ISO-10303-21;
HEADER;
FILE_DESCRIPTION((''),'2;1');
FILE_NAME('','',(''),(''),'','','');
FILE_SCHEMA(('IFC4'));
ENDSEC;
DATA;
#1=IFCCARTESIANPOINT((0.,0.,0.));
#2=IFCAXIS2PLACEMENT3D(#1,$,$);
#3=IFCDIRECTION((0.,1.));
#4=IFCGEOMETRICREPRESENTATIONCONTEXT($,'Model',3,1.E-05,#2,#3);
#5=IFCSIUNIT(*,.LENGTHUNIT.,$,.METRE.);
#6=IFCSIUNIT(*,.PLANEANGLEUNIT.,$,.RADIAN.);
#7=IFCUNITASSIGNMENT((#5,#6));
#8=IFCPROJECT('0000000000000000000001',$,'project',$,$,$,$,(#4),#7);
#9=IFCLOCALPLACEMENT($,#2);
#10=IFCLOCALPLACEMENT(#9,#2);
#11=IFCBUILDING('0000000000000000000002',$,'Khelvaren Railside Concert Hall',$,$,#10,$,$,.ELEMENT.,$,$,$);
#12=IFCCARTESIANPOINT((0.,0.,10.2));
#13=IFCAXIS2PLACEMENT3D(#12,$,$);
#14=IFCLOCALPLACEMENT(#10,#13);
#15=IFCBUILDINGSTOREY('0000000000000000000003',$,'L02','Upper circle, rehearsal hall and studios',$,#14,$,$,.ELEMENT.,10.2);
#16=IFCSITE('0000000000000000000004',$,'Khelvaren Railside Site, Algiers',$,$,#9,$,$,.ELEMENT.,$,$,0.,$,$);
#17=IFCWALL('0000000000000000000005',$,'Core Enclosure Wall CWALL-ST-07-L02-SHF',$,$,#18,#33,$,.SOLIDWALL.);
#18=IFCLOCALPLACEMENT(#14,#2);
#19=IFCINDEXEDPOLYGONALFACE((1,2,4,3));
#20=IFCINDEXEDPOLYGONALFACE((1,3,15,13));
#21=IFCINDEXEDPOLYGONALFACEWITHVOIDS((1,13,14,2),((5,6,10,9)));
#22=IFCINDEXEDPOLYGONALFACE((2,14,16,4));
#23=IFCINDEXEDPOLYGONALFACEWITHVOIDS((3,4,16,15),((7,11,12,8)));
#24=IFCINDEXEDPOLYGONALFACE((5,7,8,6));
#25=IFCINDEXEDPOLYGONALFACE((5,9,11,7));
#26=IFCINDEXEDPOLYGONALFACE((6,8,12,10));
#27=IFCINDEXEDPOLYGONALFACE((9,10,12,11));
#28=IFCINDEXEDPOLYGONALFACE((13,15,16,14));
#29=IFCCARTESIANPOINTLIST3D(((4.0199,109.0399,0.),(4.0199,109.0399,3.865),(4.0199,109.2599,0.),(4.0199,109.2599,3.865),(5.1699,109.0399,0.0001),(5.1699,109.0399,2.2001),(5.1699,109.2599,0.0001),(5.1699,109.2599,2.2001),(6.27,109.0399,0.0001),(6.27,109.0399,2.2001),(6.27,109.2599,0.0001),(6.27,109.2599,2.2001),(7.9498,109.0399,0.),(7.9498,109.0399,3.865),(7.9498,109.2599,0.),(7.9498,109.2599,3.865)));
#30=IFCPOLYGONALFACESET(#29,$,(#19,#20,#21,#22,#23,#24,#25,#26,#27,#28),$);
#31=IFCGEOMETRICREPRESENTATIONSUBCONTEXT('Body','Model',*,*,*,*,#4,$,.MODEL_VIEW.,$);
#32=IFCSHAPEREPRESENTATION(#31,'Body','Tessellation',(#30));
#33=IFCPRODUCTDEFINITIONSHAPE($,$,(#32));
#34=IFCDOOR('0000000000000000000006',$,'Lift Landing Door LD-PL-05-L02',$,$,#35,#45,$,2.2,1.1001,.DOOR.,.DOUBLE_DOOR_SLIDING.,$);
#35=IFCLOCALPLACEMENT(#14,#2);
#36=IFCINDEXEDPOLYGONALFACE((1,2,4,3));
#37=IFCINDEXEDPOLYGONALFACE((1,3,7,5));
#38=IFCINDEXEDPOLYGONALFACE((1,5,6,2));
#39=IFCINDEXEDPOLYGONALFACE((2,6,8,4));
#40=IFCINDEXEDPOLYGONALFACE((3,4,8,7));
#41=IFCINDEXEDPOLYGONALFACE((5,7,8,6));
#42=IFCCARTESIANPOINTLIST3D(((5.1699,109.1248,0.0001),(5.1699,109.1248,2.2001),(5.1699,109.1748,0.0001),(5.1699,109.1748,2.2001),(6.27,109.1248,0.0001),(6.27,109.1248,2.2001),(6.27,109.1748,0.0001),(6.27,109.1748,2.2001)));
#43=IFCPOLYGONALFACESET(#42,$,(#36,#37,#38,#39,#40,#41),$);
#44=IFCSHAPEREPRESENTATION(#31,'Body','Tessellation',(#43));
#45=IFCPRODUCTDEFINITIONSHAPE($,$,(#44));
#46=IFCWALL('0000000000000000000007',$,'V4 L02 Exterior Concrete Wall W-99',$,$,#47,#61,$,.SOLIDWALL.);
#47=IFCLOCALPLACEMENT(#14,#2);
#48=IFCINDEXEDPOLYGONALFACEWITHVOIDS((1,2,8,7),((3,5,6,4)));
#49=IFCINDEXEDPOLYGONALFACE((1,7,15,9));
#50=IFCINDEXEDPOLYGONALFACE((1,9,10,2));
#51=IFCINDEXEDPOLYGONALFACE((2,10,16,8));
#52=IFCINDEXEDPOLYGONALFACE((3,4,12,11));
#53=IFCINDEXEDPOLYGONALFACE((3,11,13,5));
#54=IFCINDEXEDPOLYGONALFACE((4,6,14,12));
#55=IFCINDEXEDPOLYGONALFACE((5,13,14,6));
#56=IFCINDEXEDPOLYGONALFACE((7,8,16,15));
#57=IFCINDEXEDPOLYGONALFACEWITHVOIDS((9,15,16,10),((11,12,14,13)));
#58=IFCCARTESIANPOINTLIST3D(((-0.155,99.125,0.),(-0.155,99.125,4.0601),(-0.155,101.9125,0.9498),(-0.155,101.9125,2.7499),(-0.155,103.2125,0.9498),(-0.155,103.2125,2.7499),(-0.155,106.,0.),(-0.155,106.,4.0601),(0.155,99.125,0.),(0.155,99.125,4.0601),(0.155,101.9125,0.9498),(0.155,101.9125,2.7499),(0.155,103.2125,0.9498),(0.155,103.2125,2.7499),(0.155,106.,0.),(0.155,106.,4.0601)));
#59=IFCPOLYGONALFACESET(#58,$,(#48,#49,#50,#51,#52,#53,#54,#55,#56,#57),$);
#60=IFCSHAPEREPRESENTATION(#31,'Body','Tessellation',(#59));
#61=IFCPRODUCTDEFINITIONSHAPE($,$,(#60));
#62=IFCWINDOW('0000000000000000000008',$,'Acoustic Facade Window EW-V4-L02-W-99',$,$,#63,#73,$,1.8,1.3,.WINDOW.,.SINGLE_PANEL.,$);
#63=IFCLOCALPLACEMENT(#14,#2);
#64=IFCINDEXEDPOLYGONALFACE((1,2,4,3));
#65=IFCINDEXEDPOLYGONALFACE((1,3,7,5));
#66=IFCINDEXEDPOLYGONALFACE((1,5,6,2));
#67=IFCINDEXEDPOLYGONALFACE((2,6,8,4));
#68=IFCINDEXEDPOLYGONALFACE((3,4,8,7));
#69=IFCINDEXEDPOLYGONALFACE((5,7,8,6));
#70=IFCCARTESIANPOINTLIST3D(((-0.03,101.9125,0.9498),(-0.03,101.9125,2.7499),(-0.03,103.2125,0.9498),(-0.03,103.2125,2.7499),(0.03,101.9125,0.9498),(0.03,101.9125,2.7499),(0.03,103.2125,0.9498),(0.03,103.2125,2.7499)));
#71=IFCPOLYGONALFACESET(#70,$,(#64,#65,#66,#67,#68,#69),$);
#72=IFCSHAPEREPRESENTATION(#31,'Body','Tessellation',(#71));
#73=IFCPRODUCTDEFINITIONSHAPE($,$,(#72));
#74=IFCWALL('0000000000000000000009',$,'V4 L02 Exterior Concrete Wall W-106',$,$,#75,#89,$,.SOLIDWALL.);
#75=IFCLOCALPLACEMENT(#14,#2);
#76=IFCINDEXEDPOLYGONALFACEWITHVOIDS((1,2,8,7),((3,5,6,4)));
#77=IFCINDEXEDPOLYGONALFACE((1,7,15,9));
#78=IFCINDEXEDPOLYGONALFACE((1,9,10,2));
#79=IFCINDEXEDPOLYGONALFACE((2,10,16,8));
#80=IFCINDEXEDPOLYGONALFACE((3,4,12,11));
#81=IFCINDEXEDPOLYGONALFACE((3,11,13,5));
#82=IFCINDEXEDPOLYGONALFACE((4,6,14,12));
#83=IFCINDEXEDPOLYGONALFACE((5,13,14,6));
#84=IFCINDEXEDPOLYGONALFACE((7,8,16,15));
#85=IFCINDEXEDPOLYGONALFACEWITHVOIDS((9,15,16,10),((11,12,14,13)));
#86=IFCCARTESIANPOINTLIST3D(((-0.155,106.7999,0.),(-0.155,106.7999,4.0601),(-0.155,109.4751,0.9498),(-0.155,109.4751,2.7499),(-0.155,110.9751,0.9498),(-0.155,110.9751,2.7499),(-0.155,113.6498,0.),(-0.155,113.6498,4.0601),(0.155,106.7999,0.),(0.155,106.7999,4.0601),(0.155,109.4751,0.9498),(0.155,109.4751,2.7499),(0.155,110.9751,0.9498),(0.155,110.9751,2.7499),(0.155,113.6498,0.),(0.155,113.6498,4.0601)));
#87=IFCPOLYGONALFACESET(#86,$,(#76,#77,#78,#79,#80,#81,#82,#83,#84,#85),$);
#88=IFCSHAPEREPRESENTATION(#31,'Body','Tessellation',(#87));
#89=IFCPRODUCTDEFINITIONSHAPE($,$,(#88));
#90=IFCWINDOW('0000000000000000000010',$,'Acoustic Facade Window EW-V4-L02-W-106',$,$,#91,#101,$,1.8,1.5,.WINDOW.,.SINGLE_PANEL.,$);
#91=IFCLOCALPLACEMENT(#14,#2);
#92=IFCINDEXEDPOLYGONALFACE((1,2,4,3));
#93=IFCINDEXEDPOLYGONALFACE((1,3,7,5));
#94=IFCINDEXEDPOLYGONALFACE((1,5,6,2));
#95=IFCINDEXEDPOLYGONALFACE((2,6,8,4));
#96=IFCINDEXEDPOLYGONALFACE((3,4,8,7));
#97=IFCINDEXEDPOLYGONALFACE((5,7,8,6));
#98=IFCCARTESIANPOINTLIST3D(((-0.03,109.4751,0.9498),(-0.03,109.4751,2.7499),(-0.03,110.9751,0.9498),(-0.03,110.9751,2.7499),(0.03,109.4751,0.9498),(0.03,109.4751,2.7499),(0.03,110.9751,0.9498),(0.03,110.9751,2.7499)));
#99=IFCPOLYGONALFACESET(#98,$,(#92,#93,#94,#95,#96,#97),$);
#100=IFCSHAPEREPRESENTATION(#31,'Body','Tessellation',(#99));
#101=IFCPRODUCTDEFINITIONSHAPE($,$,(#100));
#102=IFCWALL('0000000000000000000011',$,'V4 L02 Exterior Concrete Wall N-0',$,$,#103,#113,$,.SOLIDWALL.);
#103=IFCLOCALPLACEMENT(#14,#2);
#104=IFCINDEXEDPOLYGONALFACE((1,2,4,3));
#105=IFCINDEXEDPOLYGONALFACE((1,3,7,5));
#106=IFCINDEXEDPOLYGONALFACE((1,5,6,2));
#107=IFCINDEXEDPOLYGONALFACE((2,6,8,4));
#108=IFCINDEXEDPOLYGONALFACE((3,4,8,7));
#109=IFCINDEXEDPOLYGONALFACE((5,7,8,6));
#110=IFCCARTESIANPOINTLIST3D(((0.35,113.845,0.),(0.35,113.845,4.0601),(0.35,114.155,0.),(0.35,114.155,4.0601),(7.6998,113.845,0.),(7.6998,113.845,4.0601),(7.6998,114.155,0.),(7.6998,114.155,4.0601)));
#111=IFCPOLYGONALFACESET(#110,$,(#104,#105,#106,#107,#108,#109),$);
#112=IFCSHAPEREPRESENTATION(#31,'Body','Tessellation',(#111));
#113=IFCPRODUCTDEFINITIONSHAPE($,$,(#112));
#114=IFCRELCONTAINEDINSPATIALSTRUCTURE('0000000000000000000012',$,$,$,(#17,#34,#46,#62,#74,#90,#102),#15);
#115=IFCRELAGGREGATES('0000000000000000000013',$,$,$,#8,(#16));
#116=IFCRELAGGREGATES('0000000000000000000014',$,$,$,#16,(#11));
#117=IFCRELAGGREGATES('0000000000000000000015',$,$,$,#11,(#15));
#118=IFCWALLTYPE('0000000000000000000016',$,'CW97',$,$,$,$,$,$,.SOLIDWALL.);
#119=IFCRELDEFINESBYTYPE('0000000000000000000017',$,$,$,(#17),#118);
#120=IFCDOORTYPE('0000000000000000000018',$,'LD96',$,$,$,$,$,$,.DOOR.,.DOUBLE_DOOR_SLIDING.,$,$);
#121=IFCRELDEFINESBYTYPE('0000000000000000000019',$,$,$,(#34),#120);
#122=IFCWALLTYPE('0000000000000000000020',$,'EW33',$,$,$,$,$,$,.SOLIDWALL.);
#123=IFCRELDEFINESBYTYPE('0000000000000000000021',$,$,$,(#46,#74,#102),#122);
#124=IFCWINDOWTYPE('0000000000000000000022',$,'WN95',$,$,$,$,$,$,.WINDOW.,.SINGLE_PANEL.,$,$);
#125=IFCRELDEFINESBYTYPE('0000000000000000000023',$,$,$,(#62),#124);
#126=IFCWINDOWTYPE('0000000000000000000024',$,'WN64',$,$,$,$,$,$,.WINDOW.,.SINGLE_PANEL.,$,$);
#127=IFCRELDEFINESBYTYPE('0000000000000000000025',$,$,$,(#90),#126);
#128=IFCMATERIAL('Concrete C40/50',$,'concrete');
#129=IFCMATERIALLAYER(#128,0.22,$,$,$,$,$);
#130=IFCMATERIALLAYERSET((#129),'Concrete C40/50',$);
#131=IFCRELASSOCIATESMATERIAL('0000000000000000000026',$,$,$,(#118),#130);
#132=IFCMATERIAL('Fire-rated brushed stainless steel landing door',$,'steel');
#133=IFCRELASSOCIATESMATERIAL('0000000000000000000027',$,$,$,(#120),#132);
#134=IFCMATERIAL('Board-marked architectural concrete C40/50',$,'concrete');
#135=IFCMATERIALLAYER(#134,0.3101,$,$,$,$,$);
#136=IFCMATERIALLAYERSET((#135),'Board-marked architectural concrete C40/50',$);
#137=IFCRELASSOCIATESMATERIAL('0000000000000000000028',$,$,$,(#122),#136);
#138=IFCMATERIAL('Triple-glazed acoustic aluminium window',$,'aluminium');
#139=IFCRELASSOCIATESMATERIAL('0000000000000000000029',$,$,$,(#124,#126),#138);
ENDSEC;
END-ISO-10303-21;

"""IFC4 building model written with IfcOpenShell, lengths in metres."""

from ifc_helpers import new_model, si_unit, direction, frame, frame_2d, origin, place, context, subcontext, project, spatial, rectangle, extrude, material, layer, layer_set, type_object, element, fill, save


model = new_model("IFC4")

# Units and contexts
model_context = context("Model", 3, precision=1e-05, world=origin(), true_north=direction((0.0, 1.0)))
body_context = subcontext(model_context, "Body", "Model", "MODEL_VIEW")
ifc_project = project(units=[si_unit("LENGTHUNIT", "METRE"), si_unit("PLANEANGLEUNIT", "RADIAN")], contexts=[model_context])

# Site, building, storey
site_placement = place(None, origin())
site = spatial("IfcSite", under=ifc_project, at=site_placement, Name="Khelvaren Railside Site, Algiers", CompositionType="ELEMENT", RefElevation=0.0)
building_placement = place(site_placement, origin())
building = spatial("IfcBuilding", under=site, at=building_placement, Name="Khelvaren Railside Concert Hall", CompositionType="ELEMENT")
storey_placement = place(building_placement, frame((0.0, 0.0, 10.2)))
storey = spatial("IfcBuildingStorey", under=building, at=storey_placement, Name="L02", Description="Upper circle, rehearsal hall and studios", CompositionType="ELEMENT", Elevation=10.2)

# Shared definitions
ifc_material_1 = material(Name="Concrete C40/50", Category="concrete")

# Wall, opening, door
ifc_layer_1 = layer(ifc_material_1, 0.22)
ifc_layer_set_1 = layer_set([ifc_layer_1], Name="Concrete C40/50")
wall_type_1 = type_object("IfcWallType", Name="CW97", PredefinedType="SOLIDWALL", material=ifc_layer_set_1)
wall_1_placement = place(storey_placement, frame((4.02, 109.1499, 0.0), z_axis=(0.0, 0.0, 1.0), x_axis=(1.0, 0.0, 0.0)))
wall_1 = element("IfcWall", 1, at=wall_1_placement, inside=storey, type_object=wall_type_1, Name="Core Enclosure Wall CWALL-ST-07-L02-SHF", PredefinedType="SOLIDWALL", context=body_context, shape_type="SweptSolid", body=[
    extrude(rectangle(XDim=3.9299, YDim=0.22, at=frame_2d((1.9648, 0.0))), origin(), (0.0, 0.0, 1.0), 3.865),
])
opening_1_placement = place(wall_1_placement, frame((1.1499, 0.0, 0.0)))
opening_1 = element("IfcOpeningElement", 2, at=opening_1_placement, cuts=wall_1, PredefinedType="OPENING", context=body_context, shape_type="SweptSolid", body=[
    extrude(rectangle(XDim=1.1001, YDim=2.2, at=frame_2d((0.55, 1.1001))), frame((0.0, 0.1199, 0.0), z_axis=(0.0, -1.0, 0.0), x_axis=(1.0, 0.0, 0.0)), (0.0, 0.0, 1.0), 0.24),
])
ifc_material_2 = material(Name="Fire-rated brushed stainless steel landing door", Category="steel")
door_type_1 = type_object("IfcDoorType", Name="LD96", OperationType="DOUBLE_DOOR_SLIDING", PredefinedType="DOOR", material=ifc_material_2)
door_1_placement = place(opening_1_placement, origin())
door_1 = element("IfcDoor", 3, at=door_1_placement, inside=storey, type_object=door_type_1, Name="Lift Landing Door LD-PL-05-L02", OperationType="DOUBLE_DOOR_SLIDING", OverallHeight=2.2, OverallWidth=1.1001, PredefinedType="DOOR", context=body_context, shape_type="SweptSolid", body=[
    extrude(rectangle(XDim=1.1001, YDim=2.2, at=frame_2d((0.55, 1.1001))), frame((0.0, 0.0249, 0.0), z_axis=(0.0, -1.0, 0.0), x_axis=(1.0, 0.0, 0.0)), (0.0, 0.0, 1.0), 0.05),
])
fill(opening_1, door_1)

# Walls, openings, windows
ifc_material_3 = material(Name="Board-marked architectural concrete C40/50", Category="concrete")
ifc_layer_2 = layer(ifc_material_3, 0.3101)
ifc_layer_set_2 = layer_set([ifc_layer_2], Name="Board-marked architectural concrete C40/50")
wall_type_2 = type_object("IfcWallType", Name="EW33", PredefinedType="SOLIDWALL", material=ifc_layer_set_2)
wall_2_placement = place(storey_placement, frame((0.0, 99.125, 0.0), z_axis=(0.0, 0.0, 1.0), x_axis=(0.0, 1.0, 0.0)))
wall_2 = element("IfcWall", 4, at=wall_2_placement, inside=storey, type_object=wall_type_2, Name="V4 L02 Exterior Concrete Wall W-99", PredefinedType="SOLIDWALL", context=body_context, shape_type="SweptSolid", body=[
    extrude(rectangle(XDim=6.875, YDim=0.3101, at=frame_2d((3.4375, 0.0))), origin(), (0.0, 0.0, 1.0), 4.0601),
])
opening_2_placement = place(wall_2_placement, frame((2.7876, 0.0, 0.95)))
opening_2 = element("IfcOpeningElement", 5, at=opening_2_placement, cuts=wall_2, PredefinedType="OPENING", context=body_context, shape_type="SweptSolid", body=[
    extrude(rectangle(XDim=1.3, YDim=1.8, at=frame_2d((0.6499, 0.8999))), frame((0.0, 0.165, 0.0), z_axis=(0.0, -1.0, 0.0), x_axis=(1.0, 0.0, 0.0)), (0.0, 0.0, 1.0), 0.3301),
])
ifc_material_4 = material(Name="Triple-glazed acoustic aluminium window", Category="aluminium")
window_type_1 = type_object("IfcWindowType", Name="WN95", PartitioningType="SINGLE_PANEL", PredefinedType="WINDOW", material=ifc_material_4)
window_1_placement = place(opening_2_placement, origin())
window_1 = element("IfcWindow", 6, at=window_1_placement, inside=storey, type_object=window_type_1, Name="Acoustic Facade Window EW-V4-L02-W-99", OverallHeight=1.8, OverallWidth=1.3, PartitioningType="SINGLE_PANEL", PredefinedType="WINDOW", context=body_context, shape_type="SweptSolid", body=[
    extrude(rectangle(XDim=1.3, YDim=1.8, at=frame_2d((0.6499, 0.8999))), frame((0.0, 0.03, 0.0), z_axis=(0.0, -1.0, 0.0), x_axis=(1.0, 0.0, 0.0)), (0.0, 0.0, 1.0), 0.0601),
])
fill(opening_2, window_1)
wall_3_placement = place(storey_placement, frame((0.0, 106.8, 0.0), z_axis=(0.0, 0.0, 1.0), x_axis=(0.0, 1.0, 0.0)))
wall_3 = element("IfcWall", 7, at=wall_3_placement, inside=storey, type_object=wall_type_2, Name="V4 L02 Exterior Concrete Wall W-106", PredefinedType="SOLIDWALL", context=body_context, shape_type="SweptSolid", body=[
    extrude(rectangle(XDim=6.8499, YDim=0.3101, at=frame_2d((3.4248, 0.0))), origin(), (0.0, 0.0, 1.0), 4.0601),
])
opening_3_placement = place(wall_3_placement, frame((2.675, 0.0, 0.95)))
opening_3 = element("IfcOpeningElement", 8, at=opening_3_placement, cuts=wall_3, PredefinedType="OPENING", context=body_context, shape_type="SweptSolid", body=[
    extrude(rectangle(XDim=1.5, YDim=1.8, at=frame_2d((0.75, 0.8999))), frame((0.0, 0.165, 0.0), z_axis=(0.0, -1.0, 0.0), x_axis=(1.0, 0.0, 0.0)), (0.0, 0.0, 1.0), 0.3301),
])
window_type_2 = type_object("IfcWindowType", Name="WN64", PartitioningType="SINGLE_PANEL", PredefinedType="WINDOW", material=ifc_material_4)
window_2_placement = place(opening_3_placement, origin())
window_2 = element("IfcWindow", 9, at=window_2_placement, inside=storey, type_object=window_type_2, Name="Acoustic Facade Window EW-V4-L02-W-106", OverallHeight=1.8, OverallWidth=1.5, PartitioningType="SINGLE_PANEL", PredefinedType="WINDOW", context=body_context, shape_type="SweptSolid", body=[
    extrude(rectangle(XDim=1.5, YDim=1.8, at=frame_2d((0.75, 0.8999))), frame((0.0, 0.03, 0.0), z_axis=(0.0, -1.0, 0.0), x_axis=(1.0, 0.0, 0.0)), (0.0, 0.0, 1.0), 0.0601),
])
fill(opening_3, window_2)

# Wall
wall_4_placement = place(storey_placement, frame((0.3501, 114.0, 0.0), z_axis=(0.0, 0.0, 1.0), x_axis=(1.0, 0.0, 0.0)))
element("IfcWall", 10, at=wall_4_placement, inside=storey, type_object=wall_type_2, Name="V4 L02 Exterior Concrete Wall N-0", PredefinedType="SOLIDWALL", context=body_context, shape_type="SweptSolid", body=[
    extrude(rectangle(XDim=7.3499, YDim=0.3101, at=frame_2d((3.6748, 0.0))), origin(), (0.0, 0.0, 1.0), 4.0601),
])

save(model, "model.ifc")
